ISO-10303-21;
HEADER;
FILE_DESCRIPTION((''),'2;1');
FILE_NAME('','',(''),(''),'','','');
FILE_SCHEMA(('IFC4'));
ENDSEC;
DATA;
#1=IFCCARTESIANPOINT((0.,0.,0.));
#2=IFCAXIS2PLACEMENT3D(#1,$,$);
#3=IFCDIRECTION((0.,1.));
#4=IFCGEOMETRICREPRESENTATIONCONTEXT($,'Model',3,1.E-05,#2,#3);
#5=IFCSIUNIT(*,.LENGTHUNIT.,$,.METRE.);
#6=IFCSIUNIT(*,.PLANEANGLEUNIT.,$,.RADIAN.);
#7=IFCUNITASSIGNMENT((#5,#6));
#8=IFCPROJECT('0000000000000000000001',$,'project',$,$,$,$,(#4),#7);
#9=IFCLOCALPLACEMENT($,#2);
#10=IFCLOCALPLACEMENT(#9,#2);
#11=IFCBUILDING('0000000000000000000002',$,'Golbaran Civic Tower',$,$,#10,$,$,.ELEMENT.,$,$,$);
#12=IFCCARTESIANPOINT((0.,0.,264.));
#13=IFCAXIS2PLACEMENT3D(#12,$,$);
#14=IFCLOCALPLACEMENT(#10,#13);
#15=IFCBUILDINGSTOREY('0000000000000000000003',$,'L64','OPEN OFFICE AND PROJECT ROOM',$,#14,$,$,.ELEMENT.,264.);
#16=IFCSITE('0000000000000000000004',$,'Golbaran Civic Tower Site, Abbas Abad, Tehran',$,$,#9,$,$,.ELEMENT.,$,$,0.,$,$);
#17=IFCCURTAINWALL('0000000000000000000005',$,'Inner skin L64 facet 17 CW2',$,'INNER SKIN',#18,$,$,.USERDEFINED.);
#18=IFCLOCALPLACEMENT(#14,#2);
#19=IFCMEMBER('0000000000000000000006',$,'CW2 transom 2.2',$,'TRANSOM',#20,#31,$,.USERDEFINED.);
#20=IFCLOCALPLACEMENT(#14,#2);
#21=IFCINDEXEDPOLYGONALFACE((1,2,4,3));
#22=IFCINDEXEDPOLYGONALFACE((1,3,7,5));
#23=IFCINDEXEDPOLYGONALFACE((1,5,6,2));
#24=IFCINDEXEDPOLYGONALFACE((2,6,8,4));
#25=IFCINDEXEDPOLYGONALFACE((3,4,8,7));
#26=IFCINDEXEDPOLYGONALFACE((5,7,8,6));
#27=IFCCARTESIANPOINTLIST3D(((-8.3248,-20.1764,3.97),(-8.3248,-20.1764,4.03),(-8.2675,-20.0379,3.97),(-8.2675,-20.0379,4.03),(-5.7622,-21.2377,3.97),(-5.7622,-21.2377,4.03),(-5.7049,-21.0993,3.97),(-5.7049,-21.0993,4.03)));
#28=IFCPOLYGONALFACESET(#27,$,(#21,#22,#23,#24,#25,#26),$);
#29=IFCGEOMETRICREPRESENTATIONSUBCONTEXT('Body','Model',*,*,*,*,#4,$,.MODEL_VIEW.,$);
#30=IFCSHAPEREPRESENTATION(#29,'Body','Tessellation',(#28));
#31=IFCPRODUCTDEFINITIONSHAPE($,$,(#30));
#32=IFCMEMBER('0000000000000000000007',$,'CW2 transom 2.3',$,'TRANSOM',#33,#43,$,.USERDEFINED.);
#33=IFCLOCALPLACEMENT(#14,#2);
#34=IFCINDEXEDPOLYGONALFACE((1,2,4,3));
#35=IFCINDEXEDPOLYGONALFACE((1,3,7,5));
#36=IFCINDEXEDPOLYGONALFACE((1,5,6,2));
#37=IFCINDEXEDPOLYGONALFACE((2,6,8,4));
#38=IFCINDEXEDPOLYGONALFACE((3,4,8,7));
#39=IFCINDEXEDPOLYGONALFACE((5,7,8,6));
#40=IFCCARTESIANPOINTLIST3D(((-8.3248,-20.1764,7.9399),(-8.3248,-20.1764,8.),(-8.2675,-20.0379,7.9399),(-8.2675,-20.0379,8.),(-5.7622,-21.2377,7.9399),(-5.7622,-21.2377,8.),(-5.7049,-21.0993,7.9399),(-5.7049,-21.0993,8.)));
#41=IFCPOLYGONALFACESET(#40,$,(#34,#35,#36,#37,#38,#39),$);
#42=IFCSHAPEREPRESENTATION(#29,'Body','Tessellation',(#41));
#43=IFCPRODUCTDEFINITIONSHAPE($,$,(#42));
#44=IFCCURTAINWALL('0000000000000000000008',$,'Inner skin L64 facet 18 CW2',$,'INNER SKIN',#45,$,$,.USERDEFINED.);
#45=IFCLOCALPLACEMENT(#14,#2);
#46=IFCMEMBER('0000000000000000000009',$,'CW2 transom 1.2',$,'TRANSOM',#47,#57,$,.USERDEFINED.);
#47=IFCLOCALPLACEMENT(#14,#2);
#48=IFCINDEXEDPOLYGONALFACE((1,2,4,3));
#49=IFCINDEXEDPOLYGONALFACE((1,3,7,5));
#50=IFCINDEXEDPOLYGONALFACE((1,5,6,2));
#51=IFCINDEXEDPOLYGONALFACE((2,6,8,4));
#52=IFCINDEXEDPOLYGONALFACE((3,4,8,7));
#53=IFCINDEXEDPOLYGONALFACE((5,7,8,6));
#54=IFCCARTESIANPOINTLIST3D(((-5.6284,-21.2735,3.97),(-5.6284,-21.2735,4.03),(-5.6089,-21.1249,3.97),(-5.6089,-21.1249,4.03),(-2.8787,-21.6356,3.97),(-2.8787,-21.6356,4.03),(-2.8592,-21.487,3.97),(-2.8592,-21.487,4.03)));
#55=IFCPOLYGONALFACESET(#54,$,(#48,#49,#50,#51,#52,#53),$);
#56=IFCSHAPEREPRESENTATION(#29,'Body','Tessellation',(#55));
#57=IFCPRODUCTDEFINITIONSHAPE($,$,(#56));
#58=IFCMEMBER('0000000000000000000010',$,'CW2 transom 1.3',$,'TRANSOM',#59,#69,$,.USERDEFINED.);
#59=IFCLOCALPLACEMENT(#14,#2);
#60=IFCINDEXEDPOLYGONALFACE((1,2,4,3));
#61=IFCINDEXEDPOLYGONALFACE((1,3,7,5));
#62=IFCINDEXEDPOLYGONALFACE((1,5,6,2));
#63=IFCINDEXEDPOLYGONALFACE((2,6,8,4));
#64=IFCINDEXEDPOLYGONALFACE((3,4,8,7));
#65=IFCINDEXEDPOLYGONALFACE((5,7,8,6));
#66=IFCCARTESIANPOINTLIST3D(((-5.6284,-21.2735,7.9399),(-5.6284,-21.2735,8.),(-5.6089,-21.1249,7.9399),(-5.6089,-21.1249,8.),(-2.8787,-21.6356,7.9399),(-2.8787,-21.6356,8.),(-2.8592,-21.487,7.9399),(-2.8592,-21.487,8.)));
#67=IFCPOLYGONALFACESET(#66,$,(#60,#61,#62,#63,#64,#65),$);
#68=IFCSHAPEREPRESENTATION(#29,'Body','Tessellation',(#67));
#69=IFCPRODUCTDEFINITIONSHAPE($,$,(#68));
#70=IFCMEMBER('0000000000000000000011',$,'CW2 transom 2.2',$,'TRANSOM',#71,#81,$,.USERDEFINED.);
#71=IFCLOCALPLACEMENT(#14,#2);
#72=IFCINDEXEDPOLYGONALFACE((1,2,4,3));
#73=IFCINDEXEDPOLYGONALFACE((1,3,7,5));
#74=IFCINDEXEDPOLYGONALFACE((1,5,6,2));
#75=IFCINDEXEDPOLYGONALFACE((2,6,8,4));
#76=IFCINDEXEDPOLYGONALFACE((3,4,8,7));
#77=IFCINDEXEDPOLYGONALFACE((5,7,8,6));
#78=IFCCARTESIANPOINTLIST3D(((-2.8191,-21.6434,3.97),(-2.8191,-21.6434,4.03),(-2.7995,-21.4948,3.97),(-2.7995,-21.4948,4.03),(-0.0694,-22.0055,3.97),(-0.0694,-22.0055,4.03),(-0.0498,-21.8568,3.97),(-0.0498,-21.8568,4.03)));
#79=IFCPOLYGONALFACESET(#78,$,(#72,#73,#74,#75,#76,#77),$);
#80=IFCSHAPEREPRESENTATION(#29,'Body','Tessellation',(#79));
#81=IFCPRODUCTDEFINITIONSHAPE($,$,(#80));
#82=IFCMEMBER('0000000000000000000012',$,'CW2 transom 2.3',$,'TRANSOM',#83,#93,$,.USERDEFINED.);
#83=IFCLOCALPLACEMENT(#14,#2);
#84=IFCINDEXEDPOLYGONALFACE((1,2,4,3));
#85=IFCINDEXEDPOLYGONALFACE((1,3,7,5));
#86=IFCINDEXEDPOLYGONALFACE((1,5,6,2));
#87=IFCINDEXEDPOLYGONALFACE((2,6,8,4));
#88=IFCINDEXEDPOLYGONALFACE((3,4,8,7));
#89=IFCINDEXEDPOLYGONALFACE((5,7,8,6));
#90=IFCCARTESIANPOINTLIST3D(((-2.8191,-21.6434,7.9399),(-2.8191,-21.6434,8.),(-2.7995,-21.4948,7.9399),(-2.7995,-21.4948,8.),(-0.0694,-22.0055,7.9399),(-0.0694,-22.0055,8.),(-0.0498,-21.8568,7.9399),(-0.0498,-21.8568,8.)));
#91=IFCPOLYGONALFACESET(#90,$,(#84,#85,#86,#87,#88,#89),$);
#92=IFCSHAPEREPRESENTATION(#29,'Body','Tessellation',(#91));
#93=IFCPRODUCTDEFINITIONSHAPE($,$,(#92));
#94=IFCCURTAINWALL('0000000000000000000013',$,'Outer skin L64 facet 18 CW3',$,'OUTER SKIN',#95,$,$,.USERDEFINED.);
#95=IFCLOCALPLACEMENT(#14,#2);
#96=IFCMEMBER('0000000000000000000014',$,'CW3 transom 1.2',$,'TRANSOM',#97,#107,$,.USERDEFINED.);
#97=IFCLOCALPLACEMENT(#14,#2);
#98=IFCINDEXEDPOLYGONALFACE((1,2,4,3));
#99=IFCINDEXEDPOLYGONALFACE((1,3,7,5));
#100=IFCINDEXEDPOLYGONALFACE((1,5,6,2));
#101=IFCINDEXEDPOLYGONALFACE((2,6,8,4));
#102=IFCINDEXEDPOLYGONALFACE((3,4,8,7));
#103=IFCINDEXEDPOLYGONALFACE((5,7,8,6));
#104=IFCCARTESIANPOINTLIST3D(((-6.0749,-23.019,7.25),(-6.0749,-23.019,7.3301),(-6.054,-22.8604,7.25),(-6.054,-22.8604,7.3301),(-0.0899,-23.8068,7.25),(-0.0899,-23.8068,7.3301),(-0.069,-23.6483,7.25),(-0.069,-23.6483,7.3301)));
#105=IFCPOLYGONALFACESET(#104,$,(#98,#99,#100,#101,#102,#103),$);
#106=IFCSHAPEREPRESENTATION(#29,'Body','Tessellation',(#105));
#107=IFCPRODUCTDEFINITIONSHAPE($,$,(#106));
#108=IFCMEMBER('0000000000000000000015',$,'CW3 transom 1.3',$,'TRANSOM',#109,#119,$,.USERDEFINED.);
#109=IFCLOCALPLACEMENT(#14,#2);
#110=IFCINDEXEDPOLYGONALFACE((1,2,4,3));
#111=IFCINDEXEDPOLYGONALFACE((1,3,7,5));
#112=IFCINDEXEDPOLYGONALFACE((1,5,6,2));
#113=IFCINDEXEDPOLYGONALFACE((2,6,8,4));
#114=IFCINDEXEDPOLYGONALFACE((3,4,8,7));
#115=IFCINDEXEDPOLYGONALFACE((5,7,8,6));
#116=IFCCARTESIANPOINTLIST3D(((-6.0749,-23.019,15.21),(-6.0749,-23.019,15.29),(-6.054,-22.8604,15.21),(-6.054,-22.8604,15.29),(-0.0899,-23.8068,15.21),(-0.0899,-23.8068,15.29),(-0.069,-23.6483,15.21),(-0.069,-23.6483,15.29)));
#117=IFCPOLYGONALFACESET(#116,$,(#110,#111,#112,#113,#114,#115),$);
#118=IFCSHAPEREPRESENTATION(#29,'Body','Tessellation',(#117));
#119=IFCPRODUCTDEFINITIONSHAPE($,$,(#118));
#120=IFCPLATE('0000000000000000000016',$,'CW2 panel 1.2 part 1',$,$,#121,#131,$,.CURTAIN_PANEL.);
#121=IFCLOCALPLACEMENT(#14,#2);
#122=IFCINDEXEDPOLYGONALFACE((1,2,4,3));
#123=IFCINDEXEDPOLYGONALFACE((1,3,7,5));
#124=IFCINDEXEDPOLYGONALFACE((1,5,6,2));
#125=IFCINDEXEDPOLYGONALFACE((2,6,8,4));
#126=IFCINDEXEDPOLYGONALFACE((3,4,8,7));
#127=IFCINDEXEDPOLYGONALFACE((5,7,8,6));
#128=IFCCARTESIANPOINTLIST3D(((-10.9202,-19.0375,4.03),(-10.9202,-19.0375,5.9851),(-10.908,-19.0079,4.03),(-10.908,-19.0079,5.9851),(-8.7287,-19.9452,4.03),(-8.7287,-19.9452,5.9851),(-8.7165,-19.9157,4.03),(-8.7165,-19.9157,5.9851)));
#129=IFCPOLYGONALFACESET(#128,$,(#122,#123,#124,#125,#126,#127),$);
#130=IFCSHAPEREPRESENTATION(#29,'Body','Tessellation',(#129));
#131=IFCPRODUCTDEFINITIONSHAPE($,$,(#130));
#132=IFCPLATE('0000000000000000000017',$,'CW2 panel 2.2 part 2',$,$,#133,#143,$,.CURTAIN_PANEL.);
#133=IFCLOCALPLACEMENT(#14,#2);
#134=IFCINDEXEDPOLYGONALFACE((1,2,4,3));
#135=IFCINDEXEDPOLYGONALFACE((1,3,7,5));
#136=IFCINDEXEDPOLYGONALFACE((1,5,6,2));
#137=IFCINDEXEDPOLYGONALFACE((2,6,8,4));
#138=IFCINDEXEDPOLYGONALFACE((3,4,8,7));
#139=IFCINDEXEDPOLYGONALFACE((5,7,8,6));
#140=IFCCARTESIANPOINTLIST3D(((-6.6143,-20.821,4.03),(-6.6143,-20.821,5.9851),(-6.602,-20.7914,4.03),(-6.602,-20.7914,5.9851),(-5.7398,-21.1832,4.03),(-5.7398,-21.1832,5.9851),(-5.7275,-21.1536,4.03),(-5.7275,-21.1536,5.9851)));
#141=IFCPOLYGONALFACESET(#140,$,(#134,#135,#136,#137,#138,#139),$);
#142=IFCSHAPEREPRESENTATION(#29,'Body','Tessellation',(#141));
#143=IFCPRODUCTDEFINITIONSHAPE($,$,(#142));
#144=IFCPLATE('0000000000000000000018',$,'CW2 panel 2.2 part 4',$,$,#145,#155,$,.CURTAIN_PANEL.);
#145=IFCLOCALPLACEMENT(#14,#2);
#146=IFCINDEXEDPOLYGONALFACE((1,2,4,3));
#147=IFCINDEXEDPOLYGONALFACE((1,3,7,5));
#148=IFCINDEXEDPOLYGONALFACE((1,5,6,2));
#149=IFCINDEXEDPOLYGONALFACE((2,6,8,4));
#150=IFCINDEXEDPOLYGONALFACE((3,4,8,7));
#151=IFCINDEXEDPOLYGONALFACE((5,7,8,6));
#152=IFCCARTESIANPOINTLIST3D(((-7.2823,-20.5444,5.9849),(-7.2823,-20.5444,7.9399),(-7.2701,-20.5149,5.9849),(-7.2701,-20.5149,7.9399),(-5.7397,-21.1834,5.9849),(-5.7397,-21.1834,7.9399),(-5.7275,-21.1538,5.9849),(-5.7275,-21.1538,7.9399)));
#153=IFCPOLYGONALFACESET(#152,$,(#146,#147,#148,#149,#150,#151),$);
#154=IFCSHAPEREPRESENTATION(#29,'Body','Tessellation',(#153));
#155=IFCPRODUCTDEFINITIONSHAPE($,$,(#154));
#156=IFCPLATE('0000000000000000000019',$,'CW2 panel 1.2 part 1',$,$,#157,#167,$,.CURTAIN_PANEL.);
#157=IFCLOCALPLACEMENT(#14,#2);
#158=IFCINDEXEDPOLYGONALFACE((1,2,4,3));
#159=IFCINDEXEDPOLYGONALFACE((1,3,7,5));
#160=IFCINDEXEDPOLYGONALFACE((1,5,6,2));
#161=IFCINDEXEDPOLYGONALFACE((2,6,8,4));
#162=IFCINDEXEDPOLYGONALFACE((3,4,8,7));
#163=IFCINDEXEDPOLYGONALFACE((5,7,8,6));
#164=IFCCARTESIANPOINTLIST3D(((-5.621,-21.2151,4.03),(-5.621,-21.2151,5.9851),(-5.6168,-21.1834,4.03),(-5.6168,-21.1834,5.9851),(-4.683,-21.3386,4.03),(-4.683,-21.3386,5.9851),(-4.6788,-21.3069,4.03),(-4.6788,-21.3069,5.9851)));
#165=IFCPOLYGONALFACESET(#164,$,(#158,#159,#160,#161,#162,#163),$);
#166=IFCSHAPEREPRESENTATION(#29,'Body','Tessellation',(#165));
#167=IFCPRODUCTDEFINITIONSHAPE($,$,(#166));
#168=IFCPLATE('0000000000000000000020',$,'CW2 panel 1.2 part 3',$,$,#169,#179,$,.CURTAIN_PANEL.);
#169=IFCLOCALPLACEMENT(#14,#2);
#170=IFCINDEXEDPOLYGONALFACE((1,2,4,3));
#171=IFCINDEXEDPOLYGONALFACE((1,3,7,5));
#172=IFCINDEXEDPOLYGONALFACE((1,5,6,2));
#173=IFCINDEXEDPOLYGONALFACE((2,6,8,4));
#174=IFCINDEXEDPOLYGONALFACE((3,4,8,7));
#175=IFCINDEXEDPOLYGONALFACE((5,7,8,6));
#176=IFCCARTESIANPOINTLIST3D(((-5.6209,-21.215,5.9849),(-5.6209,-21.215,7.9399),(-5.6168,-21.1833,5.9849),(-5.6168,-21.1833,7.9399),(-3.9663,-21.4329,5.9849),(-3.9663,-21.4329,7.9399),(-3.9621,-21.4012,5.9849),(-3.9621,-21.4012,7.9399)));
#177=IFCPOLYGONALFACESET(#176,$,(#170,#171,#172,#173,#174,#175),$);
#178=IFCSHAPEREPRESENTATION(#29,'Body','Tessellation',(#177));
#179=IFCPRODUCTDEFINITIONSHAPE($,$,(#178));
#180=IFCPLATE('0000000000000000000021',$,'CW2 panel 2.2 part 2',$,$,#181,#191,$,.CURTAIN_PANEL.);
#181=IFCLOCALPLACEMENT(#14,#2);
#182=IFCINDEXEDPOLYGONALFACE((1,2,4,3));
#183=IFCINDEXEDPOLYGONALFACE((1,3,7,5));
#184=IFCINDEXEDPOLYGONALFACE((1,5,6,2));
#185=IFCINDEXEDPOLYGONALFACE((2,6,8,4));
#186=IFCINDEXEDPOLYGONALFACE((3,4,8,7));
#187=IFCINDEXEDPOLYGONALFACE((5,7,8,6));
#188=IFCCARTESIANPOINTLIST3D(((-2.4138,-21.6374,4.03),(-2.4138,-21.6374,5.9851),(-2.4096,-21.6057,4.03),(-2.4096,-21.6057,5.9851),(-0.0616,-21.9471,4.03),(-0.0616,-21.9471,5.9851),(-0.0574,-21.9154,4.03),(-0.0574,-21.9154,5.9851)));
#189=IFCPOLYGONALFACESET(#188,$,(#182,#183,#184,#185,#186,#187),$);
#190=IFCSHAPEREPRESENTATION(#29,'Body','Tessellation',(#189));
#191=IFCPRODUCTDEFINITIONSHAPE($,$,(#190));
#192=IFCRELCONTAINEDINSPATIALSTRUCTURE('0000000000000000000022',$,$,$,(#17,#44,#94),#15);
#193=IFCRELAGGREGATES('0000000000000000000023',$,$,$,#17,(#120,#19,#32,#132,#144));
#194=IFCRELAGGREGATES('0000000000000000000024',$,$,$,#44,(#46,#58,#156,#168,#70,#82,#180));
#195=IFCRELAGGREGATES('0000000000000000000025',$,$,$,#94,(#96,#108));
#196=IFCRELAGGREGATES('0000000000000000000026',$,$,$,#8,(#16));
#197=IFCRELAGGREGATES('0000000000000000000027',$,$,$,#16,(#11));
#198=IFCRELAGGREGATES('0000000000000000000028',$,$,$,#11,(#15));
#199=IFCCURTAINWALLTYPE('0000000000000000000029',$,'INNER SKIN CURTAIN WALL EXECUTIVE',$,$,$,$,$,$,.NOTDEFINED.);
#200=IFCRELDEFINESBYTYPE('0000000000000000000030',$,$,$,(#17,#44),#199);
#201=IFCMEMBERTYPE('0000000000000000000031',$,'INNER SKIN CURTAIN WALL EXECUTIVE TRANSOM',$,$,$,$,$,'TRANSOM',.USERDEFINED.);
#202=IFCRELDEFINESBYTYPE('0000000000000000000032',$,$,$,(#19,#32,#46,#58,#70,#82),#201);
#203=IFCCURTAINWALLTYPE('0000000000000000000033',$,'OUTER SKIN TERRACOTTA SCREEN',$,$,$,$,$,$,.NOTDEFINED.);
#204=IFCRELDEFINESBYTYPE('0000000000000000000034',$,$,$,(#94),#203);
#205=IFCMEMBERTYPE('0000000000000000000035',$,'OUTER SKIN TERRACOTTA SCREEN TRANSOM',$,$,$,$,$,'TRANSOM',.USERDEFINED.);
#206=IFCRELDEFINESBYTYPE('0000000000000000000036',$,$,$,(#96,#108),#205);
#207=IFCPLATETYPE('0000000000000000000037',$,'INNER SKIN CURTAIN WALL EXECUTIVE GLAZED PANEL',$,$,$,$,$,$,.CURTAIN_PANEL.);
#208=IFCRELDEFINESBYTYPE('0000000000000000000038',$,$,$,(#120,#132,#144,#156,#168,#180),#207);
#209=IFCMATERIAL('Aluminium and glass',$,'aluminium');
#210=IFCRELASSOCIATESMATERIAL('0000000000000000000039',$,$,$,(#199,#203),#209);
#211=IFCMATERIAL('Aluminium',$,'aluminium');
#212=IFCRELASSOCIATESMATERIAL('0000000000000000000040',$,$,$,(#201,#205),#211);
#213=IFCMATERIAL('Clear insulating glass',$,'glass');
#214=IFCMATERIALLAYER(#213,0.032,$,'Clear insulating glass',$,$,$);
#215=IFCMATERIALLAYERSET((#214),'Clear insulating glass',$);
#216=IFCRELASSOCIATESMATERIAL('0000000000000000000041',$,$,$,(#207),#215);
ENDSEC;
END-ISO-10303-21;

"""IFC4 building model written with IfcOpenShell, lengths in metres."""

from ifc_helpers import new_model, si_unit, direction, frame, origin, origin_2d, place, context, subcontext, project, spatial, rectangle, extrude, material, layer, layer_set, material_profile, profile_set, type_object, element, aggregate, save


model = new_model("IFC4")

# Units and contexts
model_context = context("Model", 3, precision=1e-05, world=origin(), true_north=direction((0.0, 1.0)))
body_context = subcontext(model_context, "Body", "Model", "MODEL_VIEW")
ifc_project = project(units=[si_unit("LENGTHUNIT", "METRE"), si_unit("PLANEANGLEUNIT", "RADIAN")], contexts=[model_context])

# Site, building, storey
site_placement = place(None, origin())
site = spatial("IfcSite", under=ifc_project, at=site_placement, Name="Golbaran Civic Tower Site, Abbas Abad, Tehran", CompositionType="ELEMENT", RefElevation=0.0)
building_placement = place(site_placement, origin())
building = spatial("IfcBuilding", under=site, at=building_placement, Name="Golbaran Civic Tower", CompositionType="ELEMENT")
storey_placement = place(building_placement, frame((0.0, 0.0, 264.0)))
storey = spatial("IfcBuildingStorey", under=building, at=storey_placement, Name="L64", Description="OPEN OFFICE AND PROJECT ROOM", CompositionType="ELEMENT", Elevation=264.0)

# Curtain walls, members
ifc_material_1 = material(Name="Aluminium and glass", Category="aluminium")
curtain_wall_type_1 = type_object("IfcCurtainWallType", Name="INNER SKIN CURTAIN WALL EXECUTIVE", PredefinedType="NOTDEFINED", material=ifc_material_1)
curtain_wall_1_placement = place(storey_placement, origin())
curtain_wall_1 = element("IfcCurtainWall", 1, at=curtain_wall_1_placement, inside=storey, type_object=curtain_wall_type_1, Name="Inner skin L64 facet 17 CW2", ObjectType="INNER SKIN", PredefinedType="USERDEFINED")
ifc_material_2 = material(Name="Aluminium", Category="aluminium")
ifc_material_profile_1 = material_profile(ifc_material_2, rectangle(XDim=0.1499, YDim=0.0601, at=origin_2d()), Name="INNER SKIN CURTAIN WALL EXECUTIVE TRANSOM")
ifc_profile_set_1 = profile_set([ifc_material_profile_1], Name="Aluminium")
member_type_1 = type_object("IfcMemberType", Name="INNER SKIN CURTAIN WALL EXECUTIVE TRANSOM", ElementType="TRANSOM", PredefinedType="USERDEFINED", material=ifc_profile_set_1)
member_1_placement = place(storey_placement, frame((-8.2961, -20.1072, 4.0), z_axis=(0.923898, -0.382639, 0.0), x_axis=(0.382639, 0.923898, 0.0)))
member_1 = element("IfcMember", 2, at=member_1_placement, type_object=member_type_1, Name="CW2 transom 2.2", ObjectType="TRANSOM", PredefinedType="USERDEFINED", context=body_context, shape_type="SweptSolid", body=[
    extrude(rectangle(XDim=0.1499, YDim=0.0601, at=origin_2d()), origin(), (0.0, 0.0, 1.0), 2.7737),
])
member_2_placement = place(storey_placement, frame((-8.2961, -20.1072, 7.97), z_axis=(0.923898, -0.382639, 0.0), x_axis=(0.382639, 0.923898, 0.0)))
member_2 = element("IfcMember", 3, at=member_2_placement, type_object=member_type_1, Name="CW2 transom 2.3", ObjectType="TRANSOM", PredefinedType="USERDEFINED", context=body_context, shape_type="SweptSolid", body=[
    extrude(rectangle(XDim=0.1499, YDim=0.0601, at=origin_2d()), origin(), (0.0, 0.0, 1.0), 2.7737),
])
curtain_wall_2_placement = place(storey_placement, origin())
curtain_wall_2 = element("IfcCurtainWall", 4, at=curtain_wall_2_placement, inside=storey, type_object=curtain_wall_type_1, Name="Inner skin L64 facet 18 CW2", ObjectType="INNER SKIN", PredefinedType="USERDEFINED")
member_3_placement = place(storey_placement, frame((-5.6187, -21.1992, 4.0), z_axis=(0.991443, -0.130543, 0.0), x_axis=(0.130543, 0.991443, 0.0)))
member_3 = element("IfcMember", 5, at=member_3_placement, type_object=member_type_1, Name="CW2 transom 1.2", ObjectType="TRANSOM", PredefinedType="USERDEFINED", context=body_context, shape_type="SweptSolid", body=[
    extrude(rectangle(XDim=0.1499, YDim=0.0601, at=origin_2d()), origin(), (0.0, 0.0, 1.0), 2.7734),
])
member_4_placement = place(storey_placement, frame((-5.6187, -21.1992, 7.97), z_axis=(0.991443, -0.130543, 0.0), x_axis=(0.130543, 0.991443, 0.0)))
member_4 = element("IfcMember", 6, at=member_4_placement, type_object=member_type_1, Name="CW2 transom 1.3", ObjectType="TRANSOM", PredefinedType="USERDEFINED", context=body_context, shape_type="SweptSolid", body=[
    extrude(rectangle(XDim=0.1499, YDim=0.0601, at=origin_2d()), origin(), (0.0, 0.0, 1.0), 2.7734),
])
member_5_placement = place(storey_placement, frame((-2.8093, -21.5691, 4.0), z_axis=(0.991443, -0.130543, 0.0), x_axis=(0.130543, 0.991443, 0.0)))
member_5 = element("IfcMember", 7, at=member_5_placement, type_object=member_type_1, Name="CW2 transom 2.2", ObjectType="TRANSOM", PredefinedType="USERDEFINED", context=body_context, shape_type="SweptSolid", body=[
    extrude(rectangle(XDim=0.1499, YDim=0.0601, at=origin_2d()), origin(), (0.0, 0.0, 1.0), 2.7734),
])
member_6_placement = place(storey_placement, frame((-2.8093, -21.5691, 7.97), z_axis=(0.991443, -0.130543, 0.0), x_axis=(0.130543, 0.991443, 0.0)))
member_6 = element("IfcMember", 8, at=member_6_placement, type_object=member_type_1, Name="CW2 transom 2.3", ObjectType="TRANSOM", PredefinedType="USERDEFINED", context=body_context, shape_type="SweptSolid", body=[
    extrude(rectangle(XDim=0.1499, YDim=0.0601, at=origin_2d()), origin(), (0.0, 0.0, 1.0), 2.7734),
])
curtain_wall_type_2 = type_object("IfcCurtainWallType", Name="OUTER SKIN TERRACOTTA SCREEN", PredefinedType="NOTDEFINED", material=ifc_material_1)
curtain_wall_3_placement = place(storey_placement, origin())
curtain_wall_3 = element("IfcCurtainWall", 9, at=curtain_wall_3_placement, inside=storey, type_object=curtain_wall_type_2, Name="Outer skin L64 facet 18 CW3", ObjectType="OUTER SKIN", PredefinedType="USERDEFINED")
ifc_material_profile_2 = material_profile(ifc_material_2, rectangle(XDim=0.1599, YDim=0.0801, at=origin_2d()), Name="OUTER SKIN TERRACOTTA SCREEN TRANSOM")
ifc_profile_set_2 = profile_set([ifc_material_profile_2], Name="Aluminium")
member_type_2 = type_object("IfcMemberType", Name="OUTER SKIN TERRACOTTA SCREEN TRANSOM", ElementType="TRANSOM", PredefinedType="USERDEFINED", material=ifc_profile_set_2)
member_7_placement = place(storey_placement, frame((-6.0645, -22.9397, 7.29), z_axis=(0.991447, -0.130508, 0.0), x_axis=(0.130508, 0.991447, 0.0)))
member_7 = element("IfcMember", 10, at=member_7_placement, type_object=member_type_2, Name="CW3 transom 1.2", ObjectType="TRANSOM", PredefinedType="USERDEFINED", context=body_context, shape_type="SweptSolid", body=[
    extrude(rectangle(XDim=0.1599, YDim=0.0801, at=origin_2d()), origin(), (0.0, 0.0, 1.0), 6.0366),
])
member_8_placement = place(storey_placement, frame((-6.0645, -22.9397, 15.25), z_axis=(0.991447, -0.130508, 0.0), x_axis=(0.130508, 0.991447, 0.0)))
member_8 = element("IfcMember", 11, at=member_8_placement, type_object=member_type_2, Name="CW3 transom 1.3", ObjectType="TRANSOM", PredefinedType="USERDEFINED", context=body_context, shape_type="SweptSolid", body=[
    extrude(rectangle(XDim=0.1599, YDim=0.0801, at=origin_2d()), origin(), (0.0, 0.0, 1.0), 6.0366),
])

# Plates
ifc_material_3 = material(Name="Clear insulating glass", Category="glass")
ifc_layer_1 = layer(ifc_material_3, 0.032, Name="Clear insulating glass")
ifc_layer_set_1 = layer_set([ifc_layer_1], Name="Clear insulating glass")
plate_type_1 = type_object("IfcPlateType", Name="INNER SKIN CURTAIN WALL EXECUTIVE GLAZED PANEL", PredefinedType="CURTAIN_PANEL", material=ifc_layer_set_1)
plate_1_placement = place(storey_placement, frame((-9.8184, -19.4766, 4.03), z_axis=(0.0, 0.0, 1.0), x_axis=(0.92388, -0.382683, 0.0)))
plate_1 = element("IfcPlate", 12, at=plate_1_placement, type_object=plate_type_1, Name="CW2 panel 1.2 part 1", PredefinedType="CURTAIN_PANEL", context=body_context, shape_type="SweptSolid", body=[
    extrude(rectangle(XDim=2.3721, YDim=0.032, at=origin_2d()), origin(), (0.0, 0.0, 1.0), 1.9551),
])
plate_2_placement = place(storey_placement, frame((-6.1709, -20.9873, 4.03), z_axis=(0.0, 0.0, 1.0), x_axis=(0.92388, -0.382683, 0.0)))
plate_2 = element("IfcPlate", 13, at=plate_2_placement, type_object=plate_type_1, Name="CW2 panel 2.2 part 2", PredefinedType="CURTAIN_PANEL", context=body_context, shape_type="SweptSolid", body=[
    extrude(rectangle(XDim=0.9465, YDim=0.032, at=origin_2d()), origin(), (0.0, 0.0, 1.0), 1.9551),
])
plate_3_placement = place(storey_placement, frame((-6.5049, -20.8491, 5.9849), z_axis=(0.0, 0.0, 1.0), x_axis=(0.92388, -0.382683, 0.0)))
plate_3 = element("IfcPlate", 14, at=plate_3_placement, type_object=plate_type_1, Name="CW2 panel 2.2 part 4", PredefinedType="CURTAIN_PANEL", context=body_context, shape_type="SweptSolid", body=[
    extrude(rectangle(XDim=1.6697, YDim=0.032, at=origin_2d()), origin(), (0.0, 0.0, 1.0), 1.9551),
])
plate_4_placement = place(storey_placement, frame((-5.1499, -21.261, 4.03), z_axis=(0.0, 0.0, 1.0), x_axis=(0.991445, -0.130526, 0.0)))
plate_4 = element("IfcPlate", 15, at=plate_4_placement, type_object=plate_type_1, Name="CW2 panel 1.2 part 1", PredefinedType="CURTAIN_PANEL", context=body_context, shape_type="SweptSolid", body=[
    extrude(rectangle(XDim=0.946, YDim=0.032, at=origin_2d()), origin(), (0.0, 0.0, 1.0), 1.9551),
])
plate_5_placement = place(storey_placement, frame((-4.7915, -21.3081, 5.9849), z_axis=(0.0, 0.0, 1.0), x_axis=(0.991445, -0.130526, 0.0)))
plate_5 = element("IfcPlate", 16, at=plate_5_placement, type_object=plate_type_1, Name="CW2 panel 1.2 part 3", PredefinedType="CURTAIN_PANEL", context=body_context, shape_type="SweptSolid", body=[
    extrude(rectangle(XDim=1.6689, YDim=0.032, at=origin_2d()), origin(), (0.0, 0.0, 1.0), 1.9551),
])
plate_6_placement = place(storey_placement, frame((-1.2356, -21.7764, 4.03), z_axis=(0.0, 0.0, 1.0), x_axis=(0.991445, -0.130526, 0.0)))
plate_6 = element("IfcPlate", 17, at=plate_6_placement, type_object=plate_type_1, Name="CW2 panel 2.2 part 2", PredefinedType="CURTAIN_PANEL", context=body_context, shape_type="SweptSolid", body=[
    extrude(rectangle(XDim=2.3726, YDim=0.032, at=origin_2d()), origin(), (0.0, 0.0, 1.0), 1.9551),
])
aggregate(curtain_wall_1, [plate_1, member_1, member_2, plate_2, plate_3])
aggregate(curtain_wall_2, [member_3, member_4, plate_4, plate_5, member_5, member_6, plate_6])
aggregate(curtain_wall_3, [member_7, member_8])

save(model, "model.ifc")
